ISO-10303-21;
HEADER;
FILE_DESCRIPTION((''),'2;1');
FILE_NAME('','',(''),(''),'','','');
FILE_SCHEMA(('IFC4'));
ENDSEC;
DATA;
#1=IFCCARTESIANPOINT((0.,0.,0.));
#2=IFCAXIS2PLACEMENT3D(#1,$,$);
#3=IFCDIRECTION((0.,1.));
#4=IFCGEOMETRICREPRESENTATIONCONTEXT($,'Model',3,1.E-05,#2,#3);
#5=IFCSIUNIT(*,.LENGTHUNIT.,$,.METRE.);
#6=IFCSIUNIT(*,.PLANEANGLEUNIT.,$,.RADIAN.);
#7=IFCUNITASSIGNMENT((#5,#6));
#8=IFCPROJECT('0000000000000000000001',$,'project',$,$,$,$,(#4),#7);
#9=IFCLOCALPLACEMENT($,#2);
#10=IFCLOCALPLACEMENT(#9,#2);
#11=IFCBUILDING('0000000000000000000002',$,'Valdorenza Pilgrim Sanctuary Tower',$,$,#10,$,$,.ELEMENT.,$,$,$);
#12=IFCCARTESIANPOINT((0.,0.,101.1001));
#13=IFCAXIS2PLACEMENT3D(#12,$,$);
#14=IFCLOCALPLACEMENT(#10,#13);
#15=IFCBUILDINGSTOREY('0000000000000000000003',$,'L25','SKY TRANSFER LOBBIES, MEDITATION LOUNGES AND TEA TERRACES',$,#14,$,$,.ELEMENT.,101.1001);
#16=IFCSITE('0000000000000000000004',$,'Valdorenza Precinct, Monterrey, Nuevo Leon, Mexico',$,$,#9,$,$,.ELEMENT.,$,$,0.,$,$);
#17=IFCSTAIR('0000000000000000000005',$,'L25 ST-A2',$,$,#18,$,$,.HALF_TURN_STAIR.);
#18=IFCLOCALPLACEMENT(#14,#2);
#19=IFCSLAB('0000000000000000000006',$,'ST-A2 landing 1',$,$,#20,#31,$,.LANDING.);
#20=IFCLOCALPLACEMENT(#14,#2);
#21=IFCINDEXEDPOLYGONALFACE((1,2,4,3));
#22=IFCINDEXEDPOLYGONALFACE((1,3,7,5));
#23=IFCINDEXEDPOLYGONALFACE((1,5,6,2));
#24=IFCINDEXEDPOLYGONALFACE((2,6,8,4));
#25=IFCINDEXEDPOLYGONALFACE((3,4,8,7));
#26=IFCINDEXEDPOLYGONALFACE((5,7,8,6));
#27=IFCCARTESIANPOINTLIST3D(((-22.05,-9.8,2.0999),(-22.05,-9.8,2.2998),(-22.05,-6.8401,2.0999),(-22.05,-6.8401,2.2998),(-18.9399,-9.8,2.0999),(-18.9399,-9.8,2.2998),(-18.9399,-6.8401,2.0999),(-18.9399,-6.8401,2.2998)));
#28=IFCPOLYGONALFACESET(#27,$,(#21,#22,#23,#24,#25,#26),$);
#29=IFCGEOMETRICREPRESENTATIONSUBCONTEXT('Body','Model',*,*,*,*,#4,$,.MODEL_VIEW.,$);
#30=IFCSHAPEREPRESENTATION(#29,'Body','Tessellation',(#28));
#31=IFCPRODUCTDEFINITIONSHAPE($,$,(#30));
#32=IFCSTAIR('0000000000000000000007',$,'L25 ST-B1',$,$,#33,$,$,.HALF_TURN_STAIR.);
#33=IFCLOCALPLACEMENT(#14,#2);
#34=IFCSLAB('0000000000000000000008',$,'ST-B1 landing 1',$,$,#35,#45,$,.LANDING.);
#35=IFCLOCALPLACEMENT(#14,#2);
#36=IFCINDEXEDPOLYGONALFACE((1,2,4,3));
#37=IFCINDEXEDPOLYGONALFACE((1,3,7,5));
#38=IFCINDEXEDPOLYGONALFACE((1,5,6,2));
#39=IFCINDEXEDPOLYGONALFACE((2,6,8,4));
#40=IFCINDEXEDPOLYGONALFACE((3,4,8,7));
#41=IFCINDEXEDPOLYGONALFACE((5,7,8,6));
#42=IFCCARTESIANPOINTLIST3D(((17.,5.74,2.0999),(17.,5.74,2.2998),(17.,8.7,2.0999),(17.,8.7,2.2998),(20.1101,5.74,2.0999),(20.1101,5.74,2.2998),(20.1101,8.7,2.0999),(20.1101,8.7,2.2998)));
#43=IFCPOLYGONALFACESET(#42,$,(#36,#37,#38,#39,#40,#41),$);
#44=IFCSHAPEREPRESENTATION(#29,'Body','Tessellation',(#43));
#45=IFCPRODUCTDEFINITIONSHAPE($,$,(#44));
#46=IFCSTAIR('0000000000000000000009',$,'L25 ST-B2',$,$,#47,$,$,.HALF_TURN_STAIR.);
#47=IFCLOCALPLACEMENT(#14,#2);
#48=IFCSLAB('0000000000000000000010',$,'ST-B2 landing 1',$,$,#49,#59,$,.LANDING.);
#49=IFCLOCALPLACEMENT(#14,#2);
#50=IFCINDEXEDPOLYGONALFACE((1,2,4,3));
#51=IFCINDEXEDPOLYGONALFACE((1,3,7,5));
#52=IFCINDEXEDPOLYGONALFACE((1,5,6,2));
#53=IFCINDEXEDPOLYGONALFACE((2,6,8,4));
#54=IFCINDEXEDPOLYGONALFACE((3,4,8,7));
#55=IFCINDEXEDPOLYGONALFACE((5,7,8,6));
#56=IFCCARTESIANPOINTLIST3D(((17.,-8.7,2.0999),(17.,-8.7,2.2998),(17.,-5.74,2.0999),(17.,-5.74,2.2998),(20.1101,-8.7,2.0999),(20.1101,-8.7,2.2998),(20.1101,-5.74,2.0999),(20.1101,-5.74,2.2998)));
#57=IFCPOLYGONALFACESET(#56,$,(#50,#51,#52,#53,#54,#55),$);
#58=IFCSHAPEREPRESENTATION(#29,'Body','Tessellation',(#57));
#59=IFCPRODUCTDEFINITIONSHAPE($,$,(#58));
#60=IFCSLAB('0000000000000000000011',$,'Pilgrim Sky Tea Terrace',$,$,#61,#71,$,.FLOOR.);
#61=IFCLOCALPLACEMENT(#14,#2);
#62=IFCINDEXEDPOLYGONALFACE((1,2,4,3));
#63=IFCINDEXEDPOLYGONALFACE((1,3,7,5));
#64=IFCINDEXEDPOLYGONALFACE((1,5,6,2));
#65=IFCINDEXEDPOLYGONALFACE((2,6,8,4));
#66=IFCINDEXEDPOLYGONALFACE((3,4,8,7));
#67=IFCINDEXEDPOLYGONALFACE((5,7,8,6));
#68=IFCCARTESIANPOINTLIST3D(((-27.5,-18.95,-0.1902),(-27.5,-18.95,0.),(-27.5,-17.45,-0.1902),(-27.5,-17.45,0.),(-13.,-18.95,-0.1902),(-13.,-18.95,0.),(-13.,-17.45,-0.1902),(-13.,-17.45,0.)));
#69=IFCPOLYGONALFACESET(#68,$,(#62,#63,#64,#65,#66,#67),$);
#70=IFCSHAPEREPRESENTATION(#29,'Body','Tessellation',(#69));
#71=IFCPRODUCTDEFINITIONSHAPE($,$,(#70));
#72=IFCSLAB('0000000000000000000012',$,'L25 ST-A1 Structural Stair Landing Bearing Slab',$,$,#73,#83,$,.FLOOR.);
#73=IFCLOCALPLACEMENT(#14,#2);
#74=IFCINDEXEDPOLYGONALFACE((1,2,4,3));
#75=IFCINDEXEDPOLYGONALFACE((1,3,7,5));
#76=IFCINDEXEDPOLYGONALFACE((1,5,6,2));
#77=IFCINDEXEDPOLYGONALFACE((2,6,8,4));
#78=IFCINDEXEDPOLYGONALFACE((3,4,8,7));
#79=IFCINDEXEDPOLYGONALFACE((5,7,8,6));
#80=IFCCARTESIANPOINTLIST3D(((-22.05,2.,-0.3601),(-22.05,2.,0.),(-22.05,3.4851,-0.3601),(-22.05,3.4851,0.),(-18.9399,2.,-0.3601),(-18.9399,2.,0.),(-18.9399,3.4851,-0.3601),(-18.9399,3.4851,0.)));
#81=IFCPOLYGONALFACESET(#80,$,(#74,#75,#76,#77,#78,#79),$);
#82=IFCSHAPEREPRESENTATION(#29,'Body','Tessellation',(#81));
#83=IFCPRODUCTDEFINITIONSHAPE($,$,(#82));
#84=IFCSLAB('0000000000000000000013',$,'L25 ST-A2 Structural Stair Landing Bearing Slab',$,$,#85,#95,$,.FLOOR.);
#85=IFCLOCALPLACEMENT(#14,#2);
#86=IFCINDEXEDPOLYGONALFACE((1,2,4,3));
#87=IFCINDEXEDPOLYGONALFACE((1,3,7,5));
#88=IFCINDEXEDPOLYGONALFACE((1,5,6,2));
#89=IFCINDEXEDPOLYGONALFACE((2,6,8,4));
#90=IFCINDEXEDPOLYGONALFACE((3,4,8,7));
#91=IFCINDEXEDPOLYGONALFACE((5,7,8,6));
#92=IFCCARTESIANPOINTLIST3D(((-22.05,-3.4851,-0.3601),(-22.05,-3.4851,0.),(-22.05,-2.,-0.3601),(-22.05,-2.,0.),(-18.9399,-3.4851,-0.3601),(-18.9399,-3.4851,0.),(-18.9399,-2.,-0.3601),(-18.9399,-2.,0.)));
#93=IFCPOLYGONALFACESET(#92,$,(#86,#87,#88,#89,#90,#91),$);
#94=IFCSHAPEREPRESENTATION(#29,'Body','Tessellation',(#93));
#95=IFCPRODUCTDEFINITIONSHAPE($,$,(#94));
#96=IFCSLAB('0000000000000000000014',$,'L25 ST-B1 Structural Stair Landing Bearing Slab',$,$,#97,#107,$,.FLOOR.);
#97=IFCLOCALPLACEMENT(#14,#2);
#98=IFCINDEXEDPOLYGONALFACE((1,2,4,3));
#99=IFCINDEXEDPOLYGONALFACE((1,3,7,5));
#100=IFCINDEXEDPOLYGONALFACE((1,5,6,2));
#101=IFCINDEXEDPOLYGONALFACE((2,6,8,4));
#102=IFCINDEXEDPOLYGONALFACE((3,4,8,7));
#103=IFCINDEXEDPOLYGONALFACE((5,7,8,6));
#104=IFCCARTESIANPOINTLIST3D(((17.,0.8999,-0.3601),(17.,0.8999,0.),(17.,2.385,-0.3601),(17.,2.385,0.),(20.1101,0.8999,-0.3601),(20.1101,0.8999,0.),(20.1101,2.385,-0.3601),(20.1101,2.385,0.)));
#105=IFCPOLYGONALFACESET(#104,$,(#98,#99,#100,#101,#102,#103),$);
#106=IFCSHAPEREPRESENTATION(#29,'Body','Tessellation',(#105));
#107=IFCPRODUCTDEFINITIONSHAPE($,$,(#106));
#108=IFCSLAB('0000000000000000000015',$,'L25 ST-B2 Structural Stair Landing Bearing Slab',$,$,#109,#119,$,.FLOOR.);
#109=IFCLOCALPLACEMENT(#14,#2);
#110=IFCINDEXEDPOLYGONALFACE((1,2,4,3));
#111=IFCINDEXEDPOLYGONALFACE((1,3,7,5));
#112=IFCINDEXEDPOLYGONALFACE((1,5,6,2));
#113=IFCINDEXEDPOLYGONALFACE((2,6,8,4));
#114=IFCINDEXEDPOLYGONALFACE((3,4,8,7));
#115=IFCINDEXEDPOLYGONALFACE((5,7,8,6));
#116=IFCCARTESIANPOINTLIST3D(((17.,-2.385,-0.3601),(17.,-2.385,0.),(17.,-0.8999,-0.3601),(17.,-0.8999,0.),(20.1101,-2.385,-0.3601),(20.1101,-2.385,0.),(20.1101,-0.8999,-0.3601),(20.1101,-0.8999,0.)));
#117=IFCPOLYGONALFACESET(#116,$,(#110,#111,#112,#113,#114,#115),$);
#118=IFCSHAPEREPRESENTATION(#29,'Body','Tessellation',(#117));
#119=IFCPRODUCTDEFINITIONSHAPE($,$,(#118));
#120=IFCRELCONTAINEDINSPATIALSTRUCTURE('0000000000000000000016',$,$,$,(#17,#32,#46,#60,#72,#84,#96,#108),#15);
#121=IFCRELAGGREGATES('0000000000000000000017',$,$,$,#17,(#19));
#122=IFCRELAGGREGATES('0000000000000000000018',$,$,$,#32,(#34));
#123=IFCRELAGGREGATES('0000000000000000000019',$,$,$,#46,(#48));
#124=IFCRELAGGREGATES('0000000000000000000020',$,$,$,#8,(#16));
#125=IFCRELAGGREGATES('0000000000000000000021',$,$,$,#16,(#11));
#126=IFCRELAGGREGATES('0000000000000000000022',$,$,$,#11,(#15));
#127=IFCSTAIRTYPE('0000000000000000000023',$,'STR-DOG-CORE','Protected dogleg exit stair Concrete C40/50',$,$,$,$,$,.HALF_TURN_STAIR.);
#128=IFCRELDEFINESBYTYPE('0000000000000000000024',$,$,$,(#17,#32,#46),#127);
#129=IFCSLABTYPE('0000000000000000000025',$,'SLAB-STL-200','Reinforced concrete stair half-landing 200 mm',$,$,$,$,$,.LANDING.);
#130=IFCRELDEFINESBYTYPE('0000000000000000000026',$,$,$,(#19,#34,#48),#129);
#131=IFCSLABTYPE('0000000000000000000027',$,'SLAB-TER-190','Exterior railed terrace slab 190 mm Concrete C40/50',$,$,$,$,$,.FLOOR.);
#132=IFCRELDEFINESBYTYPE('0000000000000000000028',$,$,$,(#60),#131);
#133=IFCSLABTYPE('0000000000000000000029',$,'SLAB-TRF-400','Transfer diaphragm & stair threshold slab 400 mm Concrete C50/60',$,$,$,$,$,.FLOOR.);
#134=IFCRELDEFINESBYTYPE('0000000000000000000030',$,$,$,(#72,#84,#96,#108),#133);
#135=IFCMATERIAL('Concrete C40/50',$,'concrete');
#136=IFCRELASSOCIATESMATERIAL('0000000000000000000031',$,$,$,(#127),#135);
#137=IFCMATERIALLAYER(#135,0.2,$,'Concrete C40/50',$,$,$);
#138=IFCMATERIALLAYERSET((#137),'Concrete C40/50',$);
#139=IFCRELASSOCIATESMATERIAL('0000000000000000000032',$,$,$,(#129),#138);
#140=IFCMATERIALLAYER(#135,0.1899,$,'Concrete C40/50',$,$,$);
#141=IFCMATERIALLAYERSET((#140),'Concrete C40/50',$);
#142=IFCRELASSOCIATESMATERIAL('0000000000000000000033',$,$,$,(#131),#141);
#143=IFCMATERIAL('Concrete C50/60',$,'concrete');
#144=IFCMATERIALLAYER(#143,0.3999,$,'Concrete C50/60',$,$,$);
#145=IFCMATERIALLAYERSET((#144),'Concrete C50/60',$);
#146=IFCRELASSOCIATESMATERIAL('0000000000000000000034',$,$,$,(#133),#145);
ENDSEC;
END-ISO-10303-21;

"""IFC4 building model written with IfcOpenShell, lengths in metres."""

from ifc_helpers import new_model, si_unit, direction, frame, origin, place, context, subcontext, project, spatial, polyline, outline, extrude, material, layer, layer_set, type_object, element, aggregate, save


model = new_model("IFC4")

# Units and contexts
model_context = context("Model", 3, precision=1e-05, world=origin(), true_north=direction((0.0, 1.0)))
body_context = subcontext(model_context, "Body", "Model", "MODEL_VIEW")
ifc_project = project(units=[si_unit("LENGTHUNIT", "METRE"), si_unit("PLANEANGLEUNIT", "RADIAN")], contexts=[model_context])

# Site, building, storey
site_placement = place(None, origin())
site = spatial("IfcSite", under=ifc_project, at=site_placement, Name="Valdorenza Precinct, Monterrey, Nuevo Leon, Mexico", CompositionType="ELEMENT", RefElevation=0.0)
building_placement = place(site_placement, origin())
building = spatial("IfcBuilding", under=site, at=building_placement, Name="Valdorenza Pilgrim Sanctuary Tower", CompositionType="ELEMENT")
storey_placement = place(building_placement, frame((0.0, 0.0, 101.1001)))
storey = spatial("IfcBuildingStorey", under=building, at=storey_placement, Name="L25", Description="SKY TRANSFER LOBBIES, MEDITATION LOUNGES AND TEA TERRACES", CompositionType="ELEMENT", Elevation=101.1001)

# Shared definitions
ifc_material_1 = material(Name="Concrete C40/50", Category="concrete")

# Stairs, slabs
stair_type = type_object("IfcStairType", Name="STR-DOG-CORE", Description="Protected dogleg exit stair Concrete C40/50", PredefinedType="HALF_TURN_STAIR", material=ifc_material_1)
ifc_layer_1 = layer(ifc_material_1, 0.2, Name="Concrete C40/50")
ifc_layer_set_1 = layer_set([ifc_layer_1], Name="Concrete C40/50")
slab_type_1 = type_object("IfcSlabType", Name="SLAB-STL-200", Description="Reinforced concrete stair half-landing 200 mm", PredefinedType="LANDING", material=ifc_layer_set_1)
stair_1_placement = place(storey_placement, origin())
stair_1 = element("IfcStair", 1, at=stair_1_placement, inside=storey, type_object=stair_type, Name="L25 ST-A2", PredefinedType="HALF_TURN_STAIR")
slab_1_placement = place(storey_placement, frame((0.0, 0.0, 2.0999)))
slab_1 = element("IfcSlab", 2, at=slab_1_placement, type_object=slab_type_1, Name="ST-A2 landing 1", PredefinedType="LANDING", context=body_context, shape_type="SweptSolid", body=[
    extrude(outline(polyline([(-22.05, -6.8401), (-22.05, -9.8), (-18.9399, -9.8), (-18.9399, -6.8401), (-22.05, -6.8401)])), origin(), (0.0, 0.0, 1.0), 0.2),
])
aggregate(stair_1, [slab_1])
stair_2_placement = place(storey_placement, origin())
stair_2 = element("IfcStair", 3, at=stair_2_placement, inside=storey, type_object=stair_type, Name="L25 ST-B1", PredefinedType="HALF_TURN_STAIR")
slab_2_placement = place(storey_placement, frame((0.0, 0.0, 2.0999)))
slab_2 = element("IfcSlab", 4, at=slab_2_placement, type_object=slab_type_1, Name="ST-B1 landing 1", PredefinedType="LANDING", context=body_context, shape_type="SweptSolid", body=[
    extrude(outline(polyline([(20.1101, 5.74), (20.1101, 8.7), (17.0, 8.7), (17.0, 5.74), (20.1101, 5.74)])), origin(), (0.0, 0.0, 1.0), 0.2),
])
aggregate(stair_2, [slab_2])
stair_3_placement = place(storey_placement, origin())
stair_3 = element("IfcStair", 5, at=stair_3_placement, inside=storey, type_object=stair_type, Name="L25 ST-B2", PredefinedType="HALF_TURN_STAIR")
slab_3_placement = place(storey_placement, frame((0.0, 0.0, 2.0999)))
slab_3 = element("IfcSlab", 6, at=slab_3_placement, type_object=slab_type_1, Name="ST-B2 landing 1", PredefinedType="LANDING", context=body_context, shape_type="SweptSolid", body=[
    extrude(outline(polyline([(17.0, -5.74), (17.0, -8.7), (20.1101, -8.7), (20.1101, -5.74), (17.0, -5.74)])), origin(), (0.0, 0.0, 1.0), 0.2),
])
aggregate(stair_3, [slab_3])

# Slabs
ifc_layer_2 = layer(ifc_material_1, 0.1899, Name="Concrete C40/50")
ifc_layer_set_2 = layer_set([ifc_layer_2], Name="Concrete C40/50")
slab_type_2 = type_object("IfcSlabType", Name="SLAB-TER-190", Description="Exterior railed terrace slab 190 mm Concrete C40/50", PredefinedType="FLOOR", material=ifc_layer_set_2)
slab_4_placement = place(storey_placement, frame((0.0, 0.0, -0.1902)))
element("IfcSlab", 7, at=slab_4_placement, inside=storey, type_object=slab_type_2, Name="Pilgrim Sky Tea Terrace", PredefinedType="FLOOR", context=body_context, shape_type="SweptSolid", body=[
    extrude(outline(polyline([(-27.5, -18.95), (-13.0, -18.95), (-13.0, -17.45), (-27.5, -17.45), (-27.5, -18.95)])), origin(), (0.0, 0.0, 1.0), 0.1902),
])
ifc_material_2 = material(Name="Concrete C50/60", Category="concrete")
ifc_layer_3 = layer(ifc_material_2, 0.3999, Name="Concrete C50/60")
ifc_layer_set_3 = layer_set([ifc_layer_3], Name="Concrete C50/60")
slab_type_3 = type_object("IfcSlabType", Name="SLAB-TRF-400", Description="Transfer diaphragm & stair threshold slab 400 mm Concrete C50/60", PredefinedType="FLOOR", material=ifc_layer_set_3)
slab_5_placement = place(storey_placement, frame((0.0, 0.0, -0.3601)))
element("IfcSlab", 8, at=slab_5_placement, inside=storey, type_object=slab_type_3, Name="L25 ST-A1 Structural Stair Landing Bearing Slab", PredefinedType="FLOOR", context=body_context, shape_type="SweptSolid", body=[
    extrude(outline(polyline([(-22.05, 2.0), (-18.9399, 2.0), (-18.9399, 3.4851), (-22.05, 3.4851), (-22.05, 2.0)])), origin(), (0.0, 0.0, 1.0), 0.3601),
])
slab_6_placement = place(storey_placement, frame((0.0, 0.0, -0.3601)))
element("IfcSlab", 9, at=slab_6_placement, inside=storey, type_object=slab_type_3, Name="L25 ST-A2 Structural Stair Landing Bearing Slab", PredefinedType="FLOOR", context=body_context, shape_type="SweptSolid", body=[
    extrude(outline(polyline([(-22.05, -3.4851), (-18.9399, -3.4851), (-18.9399, -2.0), (-22.05, -2.0), (-22.05, -3.4851)])), origin(), (0.0, 0.0, 1.0), 0.3601),
])
slab_7_placement = place(storey_placement, frame((0.0, 0.0, -0.3601)))
element("IfcSlab", 10, at=slab_7_placement, inside=storey, type_object=slab_type_3, Name="L25 ST-B1 Structural Stair Landing Bearing Slab", PredefinedType="FLOOR", context=body_context, shape_type="SweptSolid", body=[
    extrude(outline(polyline([(17.0, 0.8999), (20.1101, 0.8999), (20.1101, 2.385), (17.0, 2.385), (17.0, 0.8999)])), origin(), (0.0, 0.0, 1.0), 0.3601),
])
slab_8_placement = place(storey_placement, frame((0.0, 0.0, -0.3601)))
element("IfcSlab", 11, at=slab_8_placement, inside=storey, type_object=slab_type_3, Name="L25 ST-B2 Structural Stair Landing Bearing Slab", PredefinedType="FLOOR", context=body_context, shape_type="SweptSolid", body=[
    extrude(outline(polyline([(17.0, -2.385), (20.1101, -2.385), (20.1101, -0.8999), (17.0, -0.8999), (17.0, -2.385)])), origin(), (0.0, 0.0, 1.0), 0.3601),
])

save(model, "model.ifc")
